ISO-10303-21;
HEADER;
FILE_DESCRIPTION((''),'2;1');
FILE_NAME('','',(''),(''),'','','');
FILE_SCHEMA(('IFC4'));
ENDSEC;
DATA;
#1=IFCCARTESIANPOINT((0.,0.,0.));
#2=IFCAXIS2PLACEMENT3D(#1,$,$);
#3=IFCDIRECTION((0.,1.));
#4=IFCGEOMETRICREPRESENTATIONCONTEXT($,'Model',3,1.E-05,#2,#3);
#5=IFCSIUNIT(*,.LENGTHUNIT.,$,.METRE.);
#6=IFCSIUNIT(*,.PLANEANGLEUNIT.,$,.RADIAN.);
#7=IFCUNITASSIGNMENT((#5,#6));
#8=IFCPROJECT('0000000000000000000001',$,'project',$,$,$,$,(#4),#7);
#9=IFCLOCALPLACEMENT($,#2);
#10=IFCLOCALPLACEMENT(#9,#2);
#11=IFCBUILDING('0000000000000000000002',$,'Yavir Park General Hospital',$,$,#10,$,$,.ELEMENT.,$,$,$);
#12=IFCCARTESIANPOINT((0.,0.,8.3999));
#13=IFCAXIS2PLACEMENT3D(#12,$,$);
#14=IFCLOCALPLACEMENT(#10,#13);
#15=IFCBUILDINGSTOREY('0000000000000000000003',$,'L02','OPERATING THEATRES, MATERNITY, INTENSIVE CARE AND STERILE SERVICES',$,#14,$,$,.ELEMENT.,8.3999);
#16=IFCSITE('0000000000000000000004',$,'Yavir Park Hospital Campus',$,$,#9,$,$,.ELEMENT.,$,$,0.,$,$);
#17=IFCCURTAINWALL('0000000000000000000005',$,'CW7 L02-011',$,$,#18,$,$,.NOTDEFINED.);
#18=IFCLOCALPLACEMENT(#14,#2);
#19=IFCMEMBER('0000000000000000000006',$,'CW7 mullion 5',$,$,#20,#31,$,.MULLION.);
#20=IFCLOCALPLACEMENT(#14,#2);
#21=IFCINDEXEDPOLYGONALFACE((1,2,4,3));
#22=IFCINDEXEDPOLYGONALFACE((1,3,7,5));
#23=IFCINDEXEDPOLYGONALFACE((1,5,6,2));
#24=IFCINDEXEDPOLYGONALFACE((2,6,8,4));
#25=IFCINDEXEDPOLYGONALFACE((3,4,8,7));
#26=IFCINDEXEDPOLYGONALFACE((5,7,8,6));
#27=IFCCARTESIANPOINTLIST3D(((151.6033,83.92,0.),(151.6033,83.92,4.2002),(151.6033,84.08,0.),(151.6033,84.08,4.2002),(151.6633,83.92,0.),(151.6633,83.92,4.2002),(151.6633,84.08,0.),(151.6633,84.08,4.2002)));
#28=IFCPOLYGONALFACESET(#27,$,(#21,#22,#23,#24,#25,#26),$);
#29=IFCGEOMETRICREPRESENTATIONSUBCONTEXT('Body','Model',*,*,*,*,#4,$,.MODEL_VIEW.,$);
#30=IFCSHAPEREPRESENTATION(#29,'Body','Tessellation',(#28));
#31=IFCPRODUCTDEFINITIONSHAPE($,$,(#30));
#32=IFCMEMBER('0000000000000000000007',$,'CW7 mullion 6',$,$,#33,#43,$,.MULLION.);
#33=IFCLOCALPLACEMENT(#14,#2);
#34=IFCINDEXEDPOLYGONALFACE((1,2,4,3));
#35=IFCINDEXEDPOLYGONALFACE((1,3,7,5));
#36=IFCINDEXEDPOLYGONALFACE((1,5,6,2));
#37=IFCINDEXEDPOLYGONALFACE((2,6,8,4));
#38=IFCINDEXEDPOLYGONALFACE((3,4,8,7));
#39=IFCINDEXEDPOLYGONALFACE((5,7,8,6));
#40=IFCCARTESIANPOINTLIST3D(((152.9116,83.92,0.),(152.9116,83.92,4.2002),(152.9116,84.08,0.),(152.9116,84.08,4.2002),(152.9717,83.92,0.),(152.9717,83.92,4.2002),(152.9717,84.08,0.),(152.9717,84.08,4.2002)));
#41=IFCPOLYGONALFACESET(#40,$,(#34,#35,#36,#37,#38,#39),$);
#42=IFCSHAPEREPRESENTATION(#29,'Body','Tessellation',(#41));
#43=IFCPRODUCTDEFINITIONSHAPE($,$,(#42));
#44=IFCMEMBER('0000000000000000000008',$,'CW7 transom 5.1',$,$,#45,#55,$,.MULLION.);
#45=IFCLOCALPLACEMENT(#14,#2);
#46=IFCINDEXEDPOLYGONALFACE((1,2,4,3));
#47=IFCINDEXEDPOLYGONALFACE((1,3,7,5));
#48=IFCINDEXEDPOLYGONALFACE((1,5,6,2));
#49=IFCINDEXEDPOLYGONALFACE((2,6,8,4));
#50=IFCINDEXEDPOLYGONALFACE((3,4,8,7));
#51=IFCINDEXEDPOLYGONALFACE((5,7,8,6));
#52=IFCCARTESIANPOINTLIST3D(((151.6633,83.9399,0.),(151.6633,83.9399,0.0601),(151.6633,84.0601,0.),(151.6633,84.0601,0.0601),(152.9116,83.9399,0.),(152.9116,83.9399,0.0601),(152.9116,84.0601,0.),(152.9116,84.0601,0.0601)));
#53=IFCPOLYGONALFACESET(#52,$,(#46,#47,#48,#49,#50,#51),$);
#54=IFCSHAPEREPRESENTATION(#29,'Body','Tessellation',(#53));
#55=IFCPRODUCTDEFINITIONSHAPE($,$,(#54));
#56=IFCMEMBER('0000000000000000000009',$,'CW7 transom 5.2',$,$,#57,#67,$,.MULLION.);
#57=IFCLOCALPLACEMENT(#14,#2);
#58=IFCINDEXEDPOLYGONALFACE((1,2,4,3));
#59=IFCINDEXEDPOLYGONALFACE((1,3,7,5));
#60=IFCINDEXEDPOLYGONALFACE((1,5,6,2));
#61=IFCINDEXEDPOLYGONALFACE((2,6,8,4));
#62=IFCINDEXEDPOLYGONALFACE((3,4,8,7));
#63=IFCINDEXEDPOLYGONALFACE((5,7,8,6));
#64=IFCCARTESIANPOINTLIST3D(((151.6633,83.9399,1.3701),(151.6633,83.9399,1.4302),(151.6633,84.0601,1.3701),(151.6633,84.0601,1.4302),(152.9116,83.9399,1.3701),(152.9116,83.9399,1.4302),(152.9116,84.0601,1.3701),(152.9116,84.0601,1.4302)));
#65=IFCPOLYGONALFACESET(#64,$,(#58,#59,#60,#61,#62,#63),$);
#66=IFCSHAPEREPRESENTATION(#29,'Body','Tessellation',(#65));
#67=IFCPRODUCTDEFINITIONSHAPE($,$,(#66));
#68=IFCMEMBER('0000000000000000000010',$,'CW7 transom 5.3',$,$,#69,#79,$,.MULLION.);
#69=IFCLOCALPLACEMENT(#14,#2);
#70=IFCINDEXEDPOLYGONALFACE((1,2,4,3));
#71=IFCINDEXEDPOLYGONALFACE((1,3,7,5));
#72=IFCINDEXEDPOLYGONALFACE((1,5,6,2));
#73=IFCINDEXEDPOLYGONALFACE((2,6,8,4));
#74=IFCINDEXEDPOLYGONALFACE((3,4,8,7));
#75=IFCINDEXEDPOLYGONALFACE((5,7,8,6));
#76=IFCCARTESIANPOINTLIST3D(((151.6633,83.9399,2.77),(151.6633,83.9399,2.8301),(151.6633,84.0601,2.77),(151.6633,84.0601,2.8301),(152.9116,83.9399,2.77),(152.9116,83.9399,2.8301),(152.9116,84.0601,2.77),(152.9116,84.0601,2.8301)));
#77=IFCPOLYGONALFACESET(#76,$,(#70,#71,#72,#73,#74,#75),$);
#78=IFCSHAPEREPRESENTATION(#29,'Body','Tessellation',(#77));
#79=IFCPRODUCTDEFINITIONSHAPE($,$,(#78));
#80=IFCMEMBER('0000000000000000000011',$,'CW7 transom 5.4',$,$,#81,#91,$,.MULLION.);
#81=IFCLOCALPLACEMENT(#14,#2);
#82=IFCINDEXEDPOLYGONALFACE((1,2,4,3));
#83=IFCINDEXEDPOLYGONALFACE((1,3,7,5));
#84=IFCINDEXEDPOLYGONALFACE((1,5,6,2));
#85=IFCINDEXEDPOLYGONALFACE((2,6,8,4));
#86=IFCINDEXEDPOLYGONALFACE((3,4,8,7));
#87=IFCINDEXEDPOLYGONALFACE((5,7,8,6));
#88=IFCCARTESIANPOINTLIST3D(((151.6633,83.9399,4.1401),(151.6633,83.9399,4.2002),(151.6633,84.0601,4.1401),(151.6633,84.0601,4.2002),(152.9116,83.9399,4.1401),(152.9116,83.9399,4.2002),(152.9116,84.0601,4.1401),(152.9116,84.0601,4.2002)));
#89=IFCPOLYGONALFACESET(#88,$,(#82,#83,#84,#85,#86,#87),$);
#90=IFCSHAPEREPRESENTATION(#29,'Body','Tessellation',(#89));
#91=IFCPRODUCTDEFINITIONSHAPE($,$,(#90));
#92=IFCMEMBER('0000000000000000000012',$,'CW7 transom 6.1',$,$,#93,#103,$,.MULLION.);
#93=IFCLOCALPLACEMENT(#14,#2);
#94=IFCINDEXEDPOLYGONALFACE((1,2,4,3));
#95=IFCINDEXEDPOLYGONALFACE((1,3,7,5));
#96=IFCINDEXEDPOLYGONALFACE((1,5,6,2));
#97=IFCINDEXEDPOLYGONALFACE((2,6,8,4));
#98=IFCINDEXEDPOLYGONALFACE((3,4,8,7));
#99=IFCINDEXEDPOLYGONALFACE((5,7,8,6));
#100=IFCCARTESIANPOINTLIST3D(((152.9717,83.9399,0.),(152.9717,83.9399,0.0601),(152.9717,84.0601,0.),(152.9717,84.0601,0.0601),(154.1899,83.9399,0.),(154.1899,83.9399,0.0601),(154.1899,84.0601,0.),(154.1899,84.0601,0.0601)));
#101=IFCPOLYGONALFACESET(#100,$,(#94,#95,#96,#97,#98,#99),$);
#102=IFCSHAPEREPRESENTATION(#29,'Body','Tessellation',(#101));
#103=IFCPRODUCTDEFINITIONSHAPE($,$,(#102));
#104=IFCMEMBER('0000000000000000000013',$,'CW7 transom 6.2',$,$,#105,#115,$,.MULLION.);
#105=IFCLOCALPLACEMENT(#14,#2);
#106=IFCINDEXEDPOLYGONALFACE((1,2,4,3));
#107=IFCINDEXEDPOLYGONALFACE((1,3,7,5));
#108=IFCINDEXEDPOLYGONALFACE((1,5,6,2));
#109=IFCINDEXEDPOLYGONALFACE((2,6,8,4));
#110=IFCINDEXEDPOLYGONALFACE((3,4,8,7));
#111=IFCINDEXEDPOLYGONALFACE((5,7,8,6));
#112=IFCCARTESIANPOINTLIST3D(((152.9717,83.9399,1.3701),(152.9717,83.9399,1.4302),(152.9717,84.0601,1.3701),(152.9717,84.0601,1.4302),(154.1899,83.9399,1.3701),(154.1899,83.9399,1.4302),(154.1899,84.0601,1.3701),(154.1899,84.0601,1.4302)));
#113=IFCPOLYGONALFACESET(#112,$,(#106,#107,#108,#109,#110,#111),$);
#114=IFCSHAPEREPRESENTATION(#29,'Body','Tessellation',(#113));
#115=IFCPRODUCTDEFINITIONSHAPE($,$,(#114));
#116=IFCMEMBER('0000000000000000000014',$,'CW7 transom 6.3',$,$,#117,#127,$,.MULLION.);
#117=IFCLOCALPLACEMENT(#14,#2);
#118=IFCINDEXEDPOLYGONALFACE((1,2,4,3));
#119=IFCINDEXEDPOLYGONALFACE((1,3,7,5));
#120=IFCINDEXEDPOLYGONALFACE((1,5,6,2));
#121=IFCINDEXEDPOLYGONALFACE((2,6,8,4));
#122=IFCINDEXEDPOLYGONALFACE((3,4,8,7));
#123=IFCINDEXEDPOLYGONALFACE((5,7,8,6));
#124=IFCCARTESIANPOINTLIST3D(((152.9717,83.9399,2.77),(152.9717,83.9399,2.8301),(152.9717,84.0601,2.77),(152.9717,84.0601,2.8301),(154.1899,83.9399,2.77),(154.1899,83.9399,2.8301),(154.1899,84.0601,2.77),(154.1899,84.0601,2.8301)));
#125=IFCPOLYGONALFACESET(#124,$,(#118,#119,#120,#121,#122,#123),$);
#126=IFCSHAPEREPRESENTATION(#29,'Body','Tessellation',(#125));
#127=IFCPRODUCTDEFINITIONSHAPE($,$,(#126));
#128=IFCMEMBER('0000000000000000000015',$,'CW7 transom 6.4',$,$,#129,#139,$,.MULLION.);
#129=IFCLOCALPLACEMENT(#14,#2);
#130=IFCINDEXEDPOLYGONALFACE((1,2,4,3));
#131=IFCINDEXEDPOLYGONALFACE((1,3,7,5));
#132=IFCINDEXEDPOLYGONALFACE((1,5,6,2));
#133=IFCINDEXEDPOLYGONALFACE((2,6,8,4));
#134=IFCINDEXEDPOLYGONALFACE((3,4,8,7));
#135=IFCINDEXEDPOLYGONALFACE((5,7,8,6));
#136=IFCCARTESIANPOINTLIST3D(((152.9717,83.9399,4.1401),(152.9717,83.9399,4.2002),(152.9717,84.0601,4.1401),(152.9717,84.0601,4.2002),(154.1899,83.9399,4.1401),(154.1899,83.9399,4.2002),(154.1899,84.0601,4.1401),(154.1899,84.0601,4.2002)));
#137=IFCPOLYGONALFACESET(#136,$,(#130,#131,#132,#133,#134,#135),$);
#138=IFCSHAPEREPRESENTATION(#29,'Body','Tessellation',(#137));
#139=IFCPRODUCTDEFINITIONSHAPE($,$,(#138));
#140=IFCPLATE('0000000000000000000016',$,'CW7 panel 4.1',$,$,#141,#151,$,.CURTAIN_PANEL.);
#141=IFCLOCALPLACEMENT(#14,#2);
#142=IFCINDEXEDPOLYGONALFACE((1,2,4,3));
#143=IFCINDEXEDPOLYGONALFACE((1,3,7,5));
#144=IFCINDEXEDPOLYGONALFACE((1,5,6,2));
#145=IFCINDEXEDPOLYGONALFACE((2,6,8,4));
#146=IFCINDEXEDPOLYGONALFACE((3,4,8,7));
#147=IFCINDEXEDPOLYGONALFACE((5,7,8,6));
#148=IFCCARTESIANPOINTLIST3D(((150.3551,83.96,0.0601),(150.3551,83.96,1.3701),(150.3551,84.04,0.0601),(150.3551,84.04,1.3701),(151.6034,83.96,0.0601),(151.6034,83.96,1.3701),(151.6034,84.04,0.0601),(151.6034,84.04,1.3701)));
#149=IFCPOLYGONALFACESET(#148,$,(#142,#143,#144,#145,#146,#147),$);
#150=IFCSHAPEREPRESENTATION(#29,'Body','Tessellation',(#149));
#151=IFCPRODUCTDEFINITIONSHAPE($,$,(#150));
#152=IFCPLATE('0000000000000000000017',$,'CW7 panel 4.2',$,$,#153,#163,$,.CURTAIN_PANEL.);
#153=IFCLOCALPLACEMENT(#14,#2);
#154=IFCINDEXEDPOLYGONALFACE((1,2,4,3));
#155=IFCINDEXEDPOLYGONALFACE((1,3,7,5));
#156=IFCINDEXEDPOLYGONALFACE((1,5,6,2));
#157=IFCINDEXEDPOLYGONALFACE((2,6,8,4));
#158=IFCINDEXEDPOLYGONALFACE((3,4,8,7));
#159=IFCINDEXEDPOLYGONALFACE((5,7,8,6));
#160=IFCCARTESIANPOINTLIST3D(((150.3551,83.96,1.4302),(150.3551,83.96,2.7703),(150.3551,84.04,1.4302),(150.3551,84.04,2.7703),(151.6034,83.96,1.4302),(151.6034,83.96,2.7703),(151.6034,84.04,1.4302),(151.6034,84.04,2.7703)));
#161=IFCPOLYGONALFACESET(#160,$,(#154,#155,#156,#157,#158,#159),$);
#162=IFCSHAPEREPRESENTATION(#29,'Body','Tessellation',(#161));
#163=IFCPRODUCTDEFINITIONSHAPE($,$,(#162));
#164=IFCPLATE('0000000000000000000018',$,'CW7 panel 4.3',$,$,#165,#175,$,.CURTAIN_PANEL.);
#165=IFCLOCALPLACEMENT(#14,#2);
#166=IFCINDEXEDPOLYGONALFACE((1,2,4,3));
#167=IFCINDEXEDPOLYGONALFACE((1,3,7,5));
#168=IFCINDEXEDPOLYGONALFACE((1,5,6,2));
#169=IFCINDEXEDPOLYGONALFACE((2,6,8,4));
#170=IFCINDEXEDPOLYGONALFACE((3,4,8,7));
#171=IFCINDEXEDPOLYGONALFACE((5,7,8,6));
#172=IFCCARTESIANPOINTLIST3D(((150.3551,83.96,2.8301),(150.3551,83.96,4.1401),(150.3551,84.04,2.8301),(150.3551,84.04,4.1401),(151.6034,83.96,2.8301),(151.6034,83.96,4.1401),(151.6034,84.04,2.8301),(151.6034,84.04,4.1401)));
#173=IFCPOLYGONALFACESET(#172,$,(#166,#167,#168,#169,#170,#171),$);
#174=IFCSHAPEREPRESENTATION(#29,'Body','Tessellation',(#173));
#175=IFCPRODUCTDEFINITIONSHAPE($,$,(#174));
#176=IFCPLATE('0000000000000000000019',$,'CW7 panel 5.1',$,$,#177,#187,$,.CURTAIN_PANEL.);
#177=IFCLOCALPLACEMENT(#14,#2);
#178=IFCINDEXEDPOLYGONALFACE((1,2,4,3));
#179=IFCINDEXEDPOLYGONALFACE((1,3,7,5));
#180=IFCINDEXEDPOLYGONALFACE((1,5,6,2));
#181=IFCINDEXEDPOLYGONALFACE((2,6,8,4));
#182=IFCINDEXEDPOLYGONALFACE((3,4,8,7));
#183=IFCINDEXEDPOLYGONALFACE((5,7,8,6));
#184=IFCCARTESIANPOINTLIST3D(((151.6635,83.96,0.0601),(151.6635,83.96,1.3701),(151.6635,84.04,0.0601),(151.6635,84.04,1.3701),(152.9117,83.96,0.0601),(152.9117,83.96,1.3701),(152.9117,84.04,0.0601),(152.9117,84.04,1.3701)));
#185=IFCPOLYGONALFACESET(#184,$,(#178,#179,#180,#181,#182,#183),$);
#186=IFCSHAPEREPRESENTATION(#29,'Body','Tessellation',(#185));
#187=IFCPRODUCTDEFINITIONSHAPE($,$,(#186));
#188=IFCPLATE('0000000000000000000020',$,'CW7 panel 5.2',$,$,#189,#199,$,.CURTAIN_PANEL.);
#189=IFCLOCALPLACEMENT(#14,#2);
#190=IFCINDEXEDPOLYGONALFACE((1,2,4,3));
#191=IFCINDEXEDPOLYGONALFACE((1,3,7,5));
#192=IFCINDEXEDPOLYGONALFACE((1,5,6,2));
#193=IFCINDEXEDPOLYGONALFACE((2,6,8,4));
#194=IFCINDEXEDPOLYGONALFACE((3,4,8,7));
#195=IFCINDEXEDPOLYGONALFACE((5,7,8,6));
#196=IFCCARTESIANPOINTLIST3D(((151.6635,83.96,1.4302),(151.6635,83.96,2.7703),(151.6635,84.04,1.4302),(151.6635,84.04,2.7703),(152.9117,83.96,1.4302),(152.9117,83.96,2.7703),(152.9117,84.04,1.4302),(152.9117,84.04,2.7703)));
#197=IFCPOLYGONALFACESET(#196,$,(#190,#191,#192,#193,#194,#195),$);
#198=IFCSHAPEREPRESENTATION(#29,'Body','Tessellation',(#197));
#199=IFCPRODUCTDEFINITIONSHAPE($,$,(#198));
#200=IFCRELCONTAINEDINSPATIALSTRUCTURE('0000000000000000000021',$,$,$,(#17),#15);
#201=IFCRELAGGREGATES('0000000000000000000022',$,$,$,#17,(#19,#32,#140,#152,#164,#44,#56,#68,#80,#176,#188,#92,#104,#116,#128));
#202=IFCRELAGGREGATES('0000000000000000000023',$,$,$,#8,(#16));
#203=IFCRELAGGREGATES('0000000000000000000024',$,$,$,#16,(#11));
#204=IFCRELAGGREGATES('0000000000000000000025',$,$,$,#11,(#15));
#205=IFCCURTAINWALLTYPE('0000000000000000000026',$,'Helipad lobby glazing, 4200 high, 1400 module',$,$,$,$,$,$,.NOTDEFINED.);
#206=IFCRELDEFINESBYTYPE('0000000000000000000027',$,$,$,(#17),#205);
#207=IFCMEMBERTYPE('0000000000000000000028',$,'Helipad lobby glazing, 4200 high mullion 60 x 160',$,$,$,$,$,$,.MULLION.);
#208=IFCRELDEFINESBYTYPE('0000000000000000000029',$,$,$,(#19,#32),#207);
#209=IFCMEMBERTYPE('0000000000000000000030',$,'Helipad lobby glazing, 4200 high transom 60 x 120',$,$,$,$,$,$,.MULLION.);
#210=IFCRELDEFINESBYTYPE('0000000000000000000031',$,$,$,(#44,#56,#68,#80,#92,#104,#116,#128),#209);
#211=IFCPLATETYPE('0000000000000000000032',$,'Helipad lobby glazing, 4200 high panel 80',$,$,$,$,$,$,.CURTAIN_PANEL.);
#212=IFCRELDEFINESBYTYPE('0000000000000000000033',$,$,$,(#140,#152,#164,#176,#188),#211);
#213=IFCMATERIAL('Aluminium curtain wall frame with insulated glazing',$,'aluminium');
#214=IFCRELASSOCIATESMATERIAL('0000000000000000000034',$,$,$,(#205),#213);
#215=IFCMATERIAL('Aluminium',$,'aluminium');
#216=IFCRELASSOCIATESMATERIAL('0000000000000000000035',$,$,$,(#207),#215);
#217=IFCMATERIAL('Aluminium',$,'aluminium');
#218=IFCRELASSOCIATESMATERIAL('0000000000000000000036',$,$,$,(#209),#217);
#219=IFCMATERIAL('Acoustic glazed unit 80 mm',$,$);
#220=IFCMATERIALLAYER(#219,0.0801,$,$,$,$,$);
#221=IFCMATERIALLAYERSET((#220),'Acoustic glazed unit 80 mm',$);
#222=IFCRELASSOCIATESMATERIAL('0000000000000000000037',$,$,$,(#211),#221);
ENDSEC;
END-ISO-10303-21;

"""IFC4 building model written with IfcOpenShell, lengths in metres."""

from ifc_helpers import new_model, si_unit, direction, frame, origin, origin_2d, place, context, subcontext, project, spatial, rectangle, extrude, material, layer, layer_set, material_profile, profile_set, type_object, element, aggregate, save


model = new_model("IFC4")

# Units and contexts
model_context = context("Model", 3, precision=1e-05, world=origin(), true_north=direction((0.0, 1.0)))
body_context = subcontext(model_context, "Body", "Model", "MODEL_VIEW")
ifc_project = project(units=[si_unit("LENGTHUNIT", "METRE"), si_unit("PLANEANGLEUNIT", "RADIAN")], contexts=[model_context])

# Site, building, storey
site_placement = place(None, origin())
site = spatial("IfcSite", under=ifc_project, at=site_placement, Name="Yavir Park Hospital Campus", CompositionType="ELEMENT", RefElevation=0.0)
building_placement = place(site_placement, origin())
building = spatial("IfcBuilding", under=site, at=building_placement, Name="Yavir Park General Hospital", CompositionType="ELEMENT")
storey_placement = place(building_placement, frame((0.0, 0.0, 8.3999)))
storey = spatial("IfcBuildingStorey", under=building, at=storey_placement, Name="L02", Description="OPERATING THEATRES, MATERNITY, INTENSIVE CARE AND STERILE SERVICES", CompositionType="ELEMENT", Elevation=8.3999)

# Curtain wall, members, plates
ifc_material_1 = material(Name="Aluminium curtain wall frame with insulated glazing", Category="aluminium")
curtain_wall_type = type_object("IfcCurtainWallType", Name="Helipad lobby glazing, 4200 high, 1400 module", PredefinedType="NOTDEFINED", material=ifc_material_1)
curtain_wall_placement = place(storey_placement, origin())
curtain_wall = element("IfcCurtainWall", 1, at=curtain_wall_placement, inside=storey, type_object=curtain_wall_type, Name="CW7 L02-011", PredefinedType="NOTDEFINED")
ifc_material_2 = material(Name="Aluminium", Category="aluminium")
ifc_material_profile_1 = material_profile(ifc_material_2, rectangle(XDim=0.1599, YDim=0.0601, at=origin_2d()), Name="AL 60x160")
ifc_profile_set_1 = profile_set([ifc_material_profile_1], Name="Aluminium")
member_type_1 = type_object("IfcMemberType", Name="Helipad lobby glazing, 4200 high mullion 60 x 160", PredefinedType="MULLION", material=ifc_profile_set_1)
member_1_placement = place(storey_placement, frame((151.6333, 84.0, 0.0), z_axis=(0.0, 0.0, 1.0), x_axis=(0.0, 1.0, 0.0)))
member_1 = element("IfcMember", 2, at=member_1_placement, type_object=member_type_1, Name="CW7 mullion 5", PredefinedType="MULLION", context=body_context, shape_type="SweptSolid", body=[
    extrude(rectangle(XDim=0.1599, YDim=0.0601, at=origin_2d()), origin(), (0.0, 0.0, 1.0), 4.2002),
])
member_2_placement = place(storey_placement, frame((152.9417, 84.0, 0.0), z_axis=(0.0, 0.0, 1.0), x_axis=(0.0, 1.0, 0.0)))
member_2 = element("IfcMember", 3, at=member_2_placement, type_object=member_type_1, Name="CW7 mullion 6", PredefinedType="MULLION", context=body_context, shape_type="SweptSolid", body=[
    extrude(rectangle(XDim=0.1599, YDim=0.0601, at=origin_2d()), origin(), (0.0, 0.0, 1.0), 4.2002),
])
ifc_material_3 = material(Name="Aluminium", Category="aluminium")
ifc_material_profile_2 = material_profile(ifc_material_3, rectangle(XDim=0.1201, YDim=0.0601, at=origin_2d()), Name="AL 120x60")
ifc_profile_set_2 = profile_set([ifc_material_profile_2], Name="Aluminium")
member_type_2 = type_object("IfcMemberType", Name="Helipad lobby glazing, 4200 high transom 60 x 120", PredefinedType="MULLION", material=ifc_profile_set_2)
member_3_placement = place(storey_placement, frame((151.6633, 84.0, 0.03), z_axis=(1.0, 0.0, 0.0), x_axis=(0.0, 1.0, 0.0)))
member_3 = element("IfcMember", 4, at=member_3_placement, type_object=member_type_2, Name="CW7 transom 5.1", PredefinedType="MULLION", context=body_context, shape_type="SweptSolid", body=[
    extrude(rectangle(XDim=0.1201, YDim=0.0601, at=origin_2d()), origin(), (0.0, 0.0, 1.0), 1.2483),
])
member_4_placement = place(storey_placement, frame((151.6633, 84.0, 1.4001), z_axis=(1.0, 0.0, 0.0), x_axis=(0.0, 1.0, 0.0)))
member_4 = element("IfcMember", 5, at=member_4_placement, type_object=member_type_2, Name="CW7 transom 5.2", PredefinedType="MULLION", context=body_context, shape_type="SweptSolid", body=[
    extrude(rectangle(XDim=0.1201, YDim=0.0601, at=origin_2d()), origin(), (0.0, 0.0, 1.0), 1.2483),
])
member_5_placement = place(storey_placement, frame((151.6633, 84.0, 2.8), z_axis=(1.0, 0.0, 0.0), x_axis=(0.0, 1.0, 0.0)))
member_5 = element("IfcMember", 6, at=member_5_placement, type_object=member_type_2, Name="CW7 transom 5.3", PredefinedType="MULLION", context=body_context, shape_type="SweptSolid", body=[
    extrude(rectangle(XDim=0.1201, YDim=0.0601, at=origin_2d()), origin(), (0.0, 0.0, 1.0), 1.2483),
])
member_6_placement = place(storey_placement, frame((151.6633, 84.0, 4.1702), z_axis=(1.0, 0.0, 0.0), x_axis=(0.0, 1.0, 0.0)))
member_6 = element("IfcMember", 7, at=member_6_placement, type_object=member_type_2, Name="CW7 transom 5.4", PredefinedType="MULLION", context=body_context, shape_type="SweptSolid", body=[
    extrude(rectangle(XDim=0.1201, YDim=0.0601, at=origin_2d()), origin(), (0.0, 0.0, 1.0), 1.2483),
])
member_7_placement = place(storey_placement, frame((152.9717, 84.0, 0.03), z_axis=(1.0, 0.0, 0.0), x_axis=(0.0, 1.0, 0.0)))
member_7 = element("IfcMember", 8, at=member_7_placement, type_object=member_type_2, Name="CW7 transom 6.1", PredefinedType="MULLION", context=body_context, shape_type="SweptSolid", body=[
    extrude(rectangle(XDim=0.1201, YDim=0.0601, at=origin_2d()), origin(), (0.0, 0.0, 1.0), 1.2183),
])
member_8_placement = place(storey_placement, frame((152.9717, 84.0, 1.4001), z_axis=(1.0, 0.0, 0.0), x_axis=(0.0, 1.0, 0.0)))
member_8 = element("IfcMember", 9, at=member_8_placement, type_object=member_type_2, Name="CW7 transom 6.2", PredefinedType="MULLION", context=body_context, shape_type="SweptSolid", body=[
    extrude(rectangle(XDim=0.1201, YDim=0.0601, at=origin_2d()), origin(), (0.0, 0.0, 1.0), 1.2183),
])
member_9_placement = place(storey_placement, frame((152.9717, 84.0, 2.8), z_axis=(1.0, 0.0, 0.0), x_axis=(0.0, 1.0, 0.0)))
member_9 = element("IfcMember", 10, at=member_9_placement, type_object=member_type_2, Name="CW7 transom 6.3", PredefinedType="MULLION", context=body_context, shape_type="SweptSolid", body=[
    extrude(rectangle(XDim=0.1201, YDim=0.0601, at=origin_2d()), origin(), (0.0, 0.0, 1.0), 1.2183),
])
member_10_placement = place(storey_placement, frame((152.9717, 84.0, 4.1702), z_axis=(1.0, 0.0, 0.0), x_axis=(0.0, 1.0, 0.0)))
member_10 = element("IfcMember", 11, at=member_10_placement, type_object=member_type_2, Name="CW7 transom 6.4", PredefinedType="MULLION", context=body_context, shape_type="SweptSolid", body=[
    extrude(rectangle(XDim=0.1201, YDim=0.0601, at=origin_2d()), origin(), (0.0, 0.0, 1.0), 1.2183),
])
ifc_material_4 = material(Name="Acoustic glazed unit 80 mm")
ifc_layer_1 = layer(ifc_material_4, 0.0801)
ifc_layer_set_1 = layer_set([ifc_layer_1], Name="Acoustic glazed unit 80 mm")
plate_type = type_object("IfcPlateType", Name="Helipad lobby glazing, 4200 high panel 80", PredefinedType="CURTAIN_PANEL", material=ifc_layer_set_1)
plate_1_placement = place(storey_placement, frame((150.9792, 84.0, 0.0601), z_axis=(0.0, 0.0, 1.0), x_axis=(1.0, 0.0, 0.0)))
plate_1 = element("IfcPlate", 12, at=plate_1_placement, type_object=plate_type, Name="CW7 panel 4.1", PredefinedType="CURTAIN_PANEL", context=body_context, shape_type="SweptSolid", body=[
    extrude(rectangle(XDim=1.2483, YDim=0.0801, at=origin_2d()), origin(), (0.0, 0.0, 1.0), 1.3101),
])
plate_2_placement = place(storey_placement, frame((150.9792, 84.0, 1.4302), z_axis=(0.0, 0.0, 1.0), x_axis=(1.0, 0.0, 0.0)))
plate_2 = element("IfcPlate", 13, at=plate_2_placement, type_object=plate_type, Name="CW7 panel 4.2", PredefinedType="CURTAIN_PANEL", context=body_context, shape_type="SweptSolid", body=[
    extrude(rectangle(XDim=1.2483, YDim=0.0801, at=origin_2d()), origin(), (0.0, 0.0, 1.0), 1.3401),
])
plate_3_placement = place(storey_placement, frame((150.9792, 84.0, 2.8301), z_axis=(0.0, 0.0, 1.0), x_axis=(1.0, 0.0, 0.0)))
plate_3 = element("IfcPlate", 14, at=plate_3_placement, type_object=plate_type, Name="CW7 panel 4.3", PredefinedType="CURTAIN_PANEL", context=body_context, shape_type="SweptSolid", body=[
    extrude(rectangle(XDim=1.2483, YDim=0.0801, at=origin_2d()), origin(), (0.0, 0.0, 1.0), 1.3101),
])
plate_4_placement = place(storey_placement, frame((152.2876, 84.0, 0.0601), z_axis=(0.0, 0.0, 1.0), x_axis=(1.0, 0.0, 0.0)))
plate_4 = element("IfcPlate", 15, at=plate_4_placement, type_object=plate_type, Name="CW7 panel 5.1", PredefinedType="CURTAIN_PANEL", context=body_context, shape_type="SweptSolid", body=[
    extrude(rectangle(XDim=1.2483, YDim=0.0801, at=origin_2d()), origin(), (0.0, 0.0, 1.0), 1.3101),
])
plate_5_placement = place(storey_placement, frame((152.2876, 84.0, 1.4302), z_axis=(0.0, 0.0, 1.0), x_axis=(1.0, 0.0, 0.0)))
plate_5 = element("IfcPlate", 16, at=plate_5_placement, type_object=plate_type, Name="CW7 panel 5.2", PredefinedType="CURTAIN_PANEL", context=body_context, shape_type="SweptSolid", body=[
    extrude(rectangle(XDim=1.2483, YDim=0.0801, at=origin_2d()), origin(), (0.0, 0.0, 1.0), 1.3401),
])
aggregate(curtain_wall, [member_1, member_2, plate_1, plate_2, plate_3, member_3, member_4, member_5, member_6, plate_4, plate_5, member_7, member_8, member_9, member_10])

save(model, "model.ifc")
